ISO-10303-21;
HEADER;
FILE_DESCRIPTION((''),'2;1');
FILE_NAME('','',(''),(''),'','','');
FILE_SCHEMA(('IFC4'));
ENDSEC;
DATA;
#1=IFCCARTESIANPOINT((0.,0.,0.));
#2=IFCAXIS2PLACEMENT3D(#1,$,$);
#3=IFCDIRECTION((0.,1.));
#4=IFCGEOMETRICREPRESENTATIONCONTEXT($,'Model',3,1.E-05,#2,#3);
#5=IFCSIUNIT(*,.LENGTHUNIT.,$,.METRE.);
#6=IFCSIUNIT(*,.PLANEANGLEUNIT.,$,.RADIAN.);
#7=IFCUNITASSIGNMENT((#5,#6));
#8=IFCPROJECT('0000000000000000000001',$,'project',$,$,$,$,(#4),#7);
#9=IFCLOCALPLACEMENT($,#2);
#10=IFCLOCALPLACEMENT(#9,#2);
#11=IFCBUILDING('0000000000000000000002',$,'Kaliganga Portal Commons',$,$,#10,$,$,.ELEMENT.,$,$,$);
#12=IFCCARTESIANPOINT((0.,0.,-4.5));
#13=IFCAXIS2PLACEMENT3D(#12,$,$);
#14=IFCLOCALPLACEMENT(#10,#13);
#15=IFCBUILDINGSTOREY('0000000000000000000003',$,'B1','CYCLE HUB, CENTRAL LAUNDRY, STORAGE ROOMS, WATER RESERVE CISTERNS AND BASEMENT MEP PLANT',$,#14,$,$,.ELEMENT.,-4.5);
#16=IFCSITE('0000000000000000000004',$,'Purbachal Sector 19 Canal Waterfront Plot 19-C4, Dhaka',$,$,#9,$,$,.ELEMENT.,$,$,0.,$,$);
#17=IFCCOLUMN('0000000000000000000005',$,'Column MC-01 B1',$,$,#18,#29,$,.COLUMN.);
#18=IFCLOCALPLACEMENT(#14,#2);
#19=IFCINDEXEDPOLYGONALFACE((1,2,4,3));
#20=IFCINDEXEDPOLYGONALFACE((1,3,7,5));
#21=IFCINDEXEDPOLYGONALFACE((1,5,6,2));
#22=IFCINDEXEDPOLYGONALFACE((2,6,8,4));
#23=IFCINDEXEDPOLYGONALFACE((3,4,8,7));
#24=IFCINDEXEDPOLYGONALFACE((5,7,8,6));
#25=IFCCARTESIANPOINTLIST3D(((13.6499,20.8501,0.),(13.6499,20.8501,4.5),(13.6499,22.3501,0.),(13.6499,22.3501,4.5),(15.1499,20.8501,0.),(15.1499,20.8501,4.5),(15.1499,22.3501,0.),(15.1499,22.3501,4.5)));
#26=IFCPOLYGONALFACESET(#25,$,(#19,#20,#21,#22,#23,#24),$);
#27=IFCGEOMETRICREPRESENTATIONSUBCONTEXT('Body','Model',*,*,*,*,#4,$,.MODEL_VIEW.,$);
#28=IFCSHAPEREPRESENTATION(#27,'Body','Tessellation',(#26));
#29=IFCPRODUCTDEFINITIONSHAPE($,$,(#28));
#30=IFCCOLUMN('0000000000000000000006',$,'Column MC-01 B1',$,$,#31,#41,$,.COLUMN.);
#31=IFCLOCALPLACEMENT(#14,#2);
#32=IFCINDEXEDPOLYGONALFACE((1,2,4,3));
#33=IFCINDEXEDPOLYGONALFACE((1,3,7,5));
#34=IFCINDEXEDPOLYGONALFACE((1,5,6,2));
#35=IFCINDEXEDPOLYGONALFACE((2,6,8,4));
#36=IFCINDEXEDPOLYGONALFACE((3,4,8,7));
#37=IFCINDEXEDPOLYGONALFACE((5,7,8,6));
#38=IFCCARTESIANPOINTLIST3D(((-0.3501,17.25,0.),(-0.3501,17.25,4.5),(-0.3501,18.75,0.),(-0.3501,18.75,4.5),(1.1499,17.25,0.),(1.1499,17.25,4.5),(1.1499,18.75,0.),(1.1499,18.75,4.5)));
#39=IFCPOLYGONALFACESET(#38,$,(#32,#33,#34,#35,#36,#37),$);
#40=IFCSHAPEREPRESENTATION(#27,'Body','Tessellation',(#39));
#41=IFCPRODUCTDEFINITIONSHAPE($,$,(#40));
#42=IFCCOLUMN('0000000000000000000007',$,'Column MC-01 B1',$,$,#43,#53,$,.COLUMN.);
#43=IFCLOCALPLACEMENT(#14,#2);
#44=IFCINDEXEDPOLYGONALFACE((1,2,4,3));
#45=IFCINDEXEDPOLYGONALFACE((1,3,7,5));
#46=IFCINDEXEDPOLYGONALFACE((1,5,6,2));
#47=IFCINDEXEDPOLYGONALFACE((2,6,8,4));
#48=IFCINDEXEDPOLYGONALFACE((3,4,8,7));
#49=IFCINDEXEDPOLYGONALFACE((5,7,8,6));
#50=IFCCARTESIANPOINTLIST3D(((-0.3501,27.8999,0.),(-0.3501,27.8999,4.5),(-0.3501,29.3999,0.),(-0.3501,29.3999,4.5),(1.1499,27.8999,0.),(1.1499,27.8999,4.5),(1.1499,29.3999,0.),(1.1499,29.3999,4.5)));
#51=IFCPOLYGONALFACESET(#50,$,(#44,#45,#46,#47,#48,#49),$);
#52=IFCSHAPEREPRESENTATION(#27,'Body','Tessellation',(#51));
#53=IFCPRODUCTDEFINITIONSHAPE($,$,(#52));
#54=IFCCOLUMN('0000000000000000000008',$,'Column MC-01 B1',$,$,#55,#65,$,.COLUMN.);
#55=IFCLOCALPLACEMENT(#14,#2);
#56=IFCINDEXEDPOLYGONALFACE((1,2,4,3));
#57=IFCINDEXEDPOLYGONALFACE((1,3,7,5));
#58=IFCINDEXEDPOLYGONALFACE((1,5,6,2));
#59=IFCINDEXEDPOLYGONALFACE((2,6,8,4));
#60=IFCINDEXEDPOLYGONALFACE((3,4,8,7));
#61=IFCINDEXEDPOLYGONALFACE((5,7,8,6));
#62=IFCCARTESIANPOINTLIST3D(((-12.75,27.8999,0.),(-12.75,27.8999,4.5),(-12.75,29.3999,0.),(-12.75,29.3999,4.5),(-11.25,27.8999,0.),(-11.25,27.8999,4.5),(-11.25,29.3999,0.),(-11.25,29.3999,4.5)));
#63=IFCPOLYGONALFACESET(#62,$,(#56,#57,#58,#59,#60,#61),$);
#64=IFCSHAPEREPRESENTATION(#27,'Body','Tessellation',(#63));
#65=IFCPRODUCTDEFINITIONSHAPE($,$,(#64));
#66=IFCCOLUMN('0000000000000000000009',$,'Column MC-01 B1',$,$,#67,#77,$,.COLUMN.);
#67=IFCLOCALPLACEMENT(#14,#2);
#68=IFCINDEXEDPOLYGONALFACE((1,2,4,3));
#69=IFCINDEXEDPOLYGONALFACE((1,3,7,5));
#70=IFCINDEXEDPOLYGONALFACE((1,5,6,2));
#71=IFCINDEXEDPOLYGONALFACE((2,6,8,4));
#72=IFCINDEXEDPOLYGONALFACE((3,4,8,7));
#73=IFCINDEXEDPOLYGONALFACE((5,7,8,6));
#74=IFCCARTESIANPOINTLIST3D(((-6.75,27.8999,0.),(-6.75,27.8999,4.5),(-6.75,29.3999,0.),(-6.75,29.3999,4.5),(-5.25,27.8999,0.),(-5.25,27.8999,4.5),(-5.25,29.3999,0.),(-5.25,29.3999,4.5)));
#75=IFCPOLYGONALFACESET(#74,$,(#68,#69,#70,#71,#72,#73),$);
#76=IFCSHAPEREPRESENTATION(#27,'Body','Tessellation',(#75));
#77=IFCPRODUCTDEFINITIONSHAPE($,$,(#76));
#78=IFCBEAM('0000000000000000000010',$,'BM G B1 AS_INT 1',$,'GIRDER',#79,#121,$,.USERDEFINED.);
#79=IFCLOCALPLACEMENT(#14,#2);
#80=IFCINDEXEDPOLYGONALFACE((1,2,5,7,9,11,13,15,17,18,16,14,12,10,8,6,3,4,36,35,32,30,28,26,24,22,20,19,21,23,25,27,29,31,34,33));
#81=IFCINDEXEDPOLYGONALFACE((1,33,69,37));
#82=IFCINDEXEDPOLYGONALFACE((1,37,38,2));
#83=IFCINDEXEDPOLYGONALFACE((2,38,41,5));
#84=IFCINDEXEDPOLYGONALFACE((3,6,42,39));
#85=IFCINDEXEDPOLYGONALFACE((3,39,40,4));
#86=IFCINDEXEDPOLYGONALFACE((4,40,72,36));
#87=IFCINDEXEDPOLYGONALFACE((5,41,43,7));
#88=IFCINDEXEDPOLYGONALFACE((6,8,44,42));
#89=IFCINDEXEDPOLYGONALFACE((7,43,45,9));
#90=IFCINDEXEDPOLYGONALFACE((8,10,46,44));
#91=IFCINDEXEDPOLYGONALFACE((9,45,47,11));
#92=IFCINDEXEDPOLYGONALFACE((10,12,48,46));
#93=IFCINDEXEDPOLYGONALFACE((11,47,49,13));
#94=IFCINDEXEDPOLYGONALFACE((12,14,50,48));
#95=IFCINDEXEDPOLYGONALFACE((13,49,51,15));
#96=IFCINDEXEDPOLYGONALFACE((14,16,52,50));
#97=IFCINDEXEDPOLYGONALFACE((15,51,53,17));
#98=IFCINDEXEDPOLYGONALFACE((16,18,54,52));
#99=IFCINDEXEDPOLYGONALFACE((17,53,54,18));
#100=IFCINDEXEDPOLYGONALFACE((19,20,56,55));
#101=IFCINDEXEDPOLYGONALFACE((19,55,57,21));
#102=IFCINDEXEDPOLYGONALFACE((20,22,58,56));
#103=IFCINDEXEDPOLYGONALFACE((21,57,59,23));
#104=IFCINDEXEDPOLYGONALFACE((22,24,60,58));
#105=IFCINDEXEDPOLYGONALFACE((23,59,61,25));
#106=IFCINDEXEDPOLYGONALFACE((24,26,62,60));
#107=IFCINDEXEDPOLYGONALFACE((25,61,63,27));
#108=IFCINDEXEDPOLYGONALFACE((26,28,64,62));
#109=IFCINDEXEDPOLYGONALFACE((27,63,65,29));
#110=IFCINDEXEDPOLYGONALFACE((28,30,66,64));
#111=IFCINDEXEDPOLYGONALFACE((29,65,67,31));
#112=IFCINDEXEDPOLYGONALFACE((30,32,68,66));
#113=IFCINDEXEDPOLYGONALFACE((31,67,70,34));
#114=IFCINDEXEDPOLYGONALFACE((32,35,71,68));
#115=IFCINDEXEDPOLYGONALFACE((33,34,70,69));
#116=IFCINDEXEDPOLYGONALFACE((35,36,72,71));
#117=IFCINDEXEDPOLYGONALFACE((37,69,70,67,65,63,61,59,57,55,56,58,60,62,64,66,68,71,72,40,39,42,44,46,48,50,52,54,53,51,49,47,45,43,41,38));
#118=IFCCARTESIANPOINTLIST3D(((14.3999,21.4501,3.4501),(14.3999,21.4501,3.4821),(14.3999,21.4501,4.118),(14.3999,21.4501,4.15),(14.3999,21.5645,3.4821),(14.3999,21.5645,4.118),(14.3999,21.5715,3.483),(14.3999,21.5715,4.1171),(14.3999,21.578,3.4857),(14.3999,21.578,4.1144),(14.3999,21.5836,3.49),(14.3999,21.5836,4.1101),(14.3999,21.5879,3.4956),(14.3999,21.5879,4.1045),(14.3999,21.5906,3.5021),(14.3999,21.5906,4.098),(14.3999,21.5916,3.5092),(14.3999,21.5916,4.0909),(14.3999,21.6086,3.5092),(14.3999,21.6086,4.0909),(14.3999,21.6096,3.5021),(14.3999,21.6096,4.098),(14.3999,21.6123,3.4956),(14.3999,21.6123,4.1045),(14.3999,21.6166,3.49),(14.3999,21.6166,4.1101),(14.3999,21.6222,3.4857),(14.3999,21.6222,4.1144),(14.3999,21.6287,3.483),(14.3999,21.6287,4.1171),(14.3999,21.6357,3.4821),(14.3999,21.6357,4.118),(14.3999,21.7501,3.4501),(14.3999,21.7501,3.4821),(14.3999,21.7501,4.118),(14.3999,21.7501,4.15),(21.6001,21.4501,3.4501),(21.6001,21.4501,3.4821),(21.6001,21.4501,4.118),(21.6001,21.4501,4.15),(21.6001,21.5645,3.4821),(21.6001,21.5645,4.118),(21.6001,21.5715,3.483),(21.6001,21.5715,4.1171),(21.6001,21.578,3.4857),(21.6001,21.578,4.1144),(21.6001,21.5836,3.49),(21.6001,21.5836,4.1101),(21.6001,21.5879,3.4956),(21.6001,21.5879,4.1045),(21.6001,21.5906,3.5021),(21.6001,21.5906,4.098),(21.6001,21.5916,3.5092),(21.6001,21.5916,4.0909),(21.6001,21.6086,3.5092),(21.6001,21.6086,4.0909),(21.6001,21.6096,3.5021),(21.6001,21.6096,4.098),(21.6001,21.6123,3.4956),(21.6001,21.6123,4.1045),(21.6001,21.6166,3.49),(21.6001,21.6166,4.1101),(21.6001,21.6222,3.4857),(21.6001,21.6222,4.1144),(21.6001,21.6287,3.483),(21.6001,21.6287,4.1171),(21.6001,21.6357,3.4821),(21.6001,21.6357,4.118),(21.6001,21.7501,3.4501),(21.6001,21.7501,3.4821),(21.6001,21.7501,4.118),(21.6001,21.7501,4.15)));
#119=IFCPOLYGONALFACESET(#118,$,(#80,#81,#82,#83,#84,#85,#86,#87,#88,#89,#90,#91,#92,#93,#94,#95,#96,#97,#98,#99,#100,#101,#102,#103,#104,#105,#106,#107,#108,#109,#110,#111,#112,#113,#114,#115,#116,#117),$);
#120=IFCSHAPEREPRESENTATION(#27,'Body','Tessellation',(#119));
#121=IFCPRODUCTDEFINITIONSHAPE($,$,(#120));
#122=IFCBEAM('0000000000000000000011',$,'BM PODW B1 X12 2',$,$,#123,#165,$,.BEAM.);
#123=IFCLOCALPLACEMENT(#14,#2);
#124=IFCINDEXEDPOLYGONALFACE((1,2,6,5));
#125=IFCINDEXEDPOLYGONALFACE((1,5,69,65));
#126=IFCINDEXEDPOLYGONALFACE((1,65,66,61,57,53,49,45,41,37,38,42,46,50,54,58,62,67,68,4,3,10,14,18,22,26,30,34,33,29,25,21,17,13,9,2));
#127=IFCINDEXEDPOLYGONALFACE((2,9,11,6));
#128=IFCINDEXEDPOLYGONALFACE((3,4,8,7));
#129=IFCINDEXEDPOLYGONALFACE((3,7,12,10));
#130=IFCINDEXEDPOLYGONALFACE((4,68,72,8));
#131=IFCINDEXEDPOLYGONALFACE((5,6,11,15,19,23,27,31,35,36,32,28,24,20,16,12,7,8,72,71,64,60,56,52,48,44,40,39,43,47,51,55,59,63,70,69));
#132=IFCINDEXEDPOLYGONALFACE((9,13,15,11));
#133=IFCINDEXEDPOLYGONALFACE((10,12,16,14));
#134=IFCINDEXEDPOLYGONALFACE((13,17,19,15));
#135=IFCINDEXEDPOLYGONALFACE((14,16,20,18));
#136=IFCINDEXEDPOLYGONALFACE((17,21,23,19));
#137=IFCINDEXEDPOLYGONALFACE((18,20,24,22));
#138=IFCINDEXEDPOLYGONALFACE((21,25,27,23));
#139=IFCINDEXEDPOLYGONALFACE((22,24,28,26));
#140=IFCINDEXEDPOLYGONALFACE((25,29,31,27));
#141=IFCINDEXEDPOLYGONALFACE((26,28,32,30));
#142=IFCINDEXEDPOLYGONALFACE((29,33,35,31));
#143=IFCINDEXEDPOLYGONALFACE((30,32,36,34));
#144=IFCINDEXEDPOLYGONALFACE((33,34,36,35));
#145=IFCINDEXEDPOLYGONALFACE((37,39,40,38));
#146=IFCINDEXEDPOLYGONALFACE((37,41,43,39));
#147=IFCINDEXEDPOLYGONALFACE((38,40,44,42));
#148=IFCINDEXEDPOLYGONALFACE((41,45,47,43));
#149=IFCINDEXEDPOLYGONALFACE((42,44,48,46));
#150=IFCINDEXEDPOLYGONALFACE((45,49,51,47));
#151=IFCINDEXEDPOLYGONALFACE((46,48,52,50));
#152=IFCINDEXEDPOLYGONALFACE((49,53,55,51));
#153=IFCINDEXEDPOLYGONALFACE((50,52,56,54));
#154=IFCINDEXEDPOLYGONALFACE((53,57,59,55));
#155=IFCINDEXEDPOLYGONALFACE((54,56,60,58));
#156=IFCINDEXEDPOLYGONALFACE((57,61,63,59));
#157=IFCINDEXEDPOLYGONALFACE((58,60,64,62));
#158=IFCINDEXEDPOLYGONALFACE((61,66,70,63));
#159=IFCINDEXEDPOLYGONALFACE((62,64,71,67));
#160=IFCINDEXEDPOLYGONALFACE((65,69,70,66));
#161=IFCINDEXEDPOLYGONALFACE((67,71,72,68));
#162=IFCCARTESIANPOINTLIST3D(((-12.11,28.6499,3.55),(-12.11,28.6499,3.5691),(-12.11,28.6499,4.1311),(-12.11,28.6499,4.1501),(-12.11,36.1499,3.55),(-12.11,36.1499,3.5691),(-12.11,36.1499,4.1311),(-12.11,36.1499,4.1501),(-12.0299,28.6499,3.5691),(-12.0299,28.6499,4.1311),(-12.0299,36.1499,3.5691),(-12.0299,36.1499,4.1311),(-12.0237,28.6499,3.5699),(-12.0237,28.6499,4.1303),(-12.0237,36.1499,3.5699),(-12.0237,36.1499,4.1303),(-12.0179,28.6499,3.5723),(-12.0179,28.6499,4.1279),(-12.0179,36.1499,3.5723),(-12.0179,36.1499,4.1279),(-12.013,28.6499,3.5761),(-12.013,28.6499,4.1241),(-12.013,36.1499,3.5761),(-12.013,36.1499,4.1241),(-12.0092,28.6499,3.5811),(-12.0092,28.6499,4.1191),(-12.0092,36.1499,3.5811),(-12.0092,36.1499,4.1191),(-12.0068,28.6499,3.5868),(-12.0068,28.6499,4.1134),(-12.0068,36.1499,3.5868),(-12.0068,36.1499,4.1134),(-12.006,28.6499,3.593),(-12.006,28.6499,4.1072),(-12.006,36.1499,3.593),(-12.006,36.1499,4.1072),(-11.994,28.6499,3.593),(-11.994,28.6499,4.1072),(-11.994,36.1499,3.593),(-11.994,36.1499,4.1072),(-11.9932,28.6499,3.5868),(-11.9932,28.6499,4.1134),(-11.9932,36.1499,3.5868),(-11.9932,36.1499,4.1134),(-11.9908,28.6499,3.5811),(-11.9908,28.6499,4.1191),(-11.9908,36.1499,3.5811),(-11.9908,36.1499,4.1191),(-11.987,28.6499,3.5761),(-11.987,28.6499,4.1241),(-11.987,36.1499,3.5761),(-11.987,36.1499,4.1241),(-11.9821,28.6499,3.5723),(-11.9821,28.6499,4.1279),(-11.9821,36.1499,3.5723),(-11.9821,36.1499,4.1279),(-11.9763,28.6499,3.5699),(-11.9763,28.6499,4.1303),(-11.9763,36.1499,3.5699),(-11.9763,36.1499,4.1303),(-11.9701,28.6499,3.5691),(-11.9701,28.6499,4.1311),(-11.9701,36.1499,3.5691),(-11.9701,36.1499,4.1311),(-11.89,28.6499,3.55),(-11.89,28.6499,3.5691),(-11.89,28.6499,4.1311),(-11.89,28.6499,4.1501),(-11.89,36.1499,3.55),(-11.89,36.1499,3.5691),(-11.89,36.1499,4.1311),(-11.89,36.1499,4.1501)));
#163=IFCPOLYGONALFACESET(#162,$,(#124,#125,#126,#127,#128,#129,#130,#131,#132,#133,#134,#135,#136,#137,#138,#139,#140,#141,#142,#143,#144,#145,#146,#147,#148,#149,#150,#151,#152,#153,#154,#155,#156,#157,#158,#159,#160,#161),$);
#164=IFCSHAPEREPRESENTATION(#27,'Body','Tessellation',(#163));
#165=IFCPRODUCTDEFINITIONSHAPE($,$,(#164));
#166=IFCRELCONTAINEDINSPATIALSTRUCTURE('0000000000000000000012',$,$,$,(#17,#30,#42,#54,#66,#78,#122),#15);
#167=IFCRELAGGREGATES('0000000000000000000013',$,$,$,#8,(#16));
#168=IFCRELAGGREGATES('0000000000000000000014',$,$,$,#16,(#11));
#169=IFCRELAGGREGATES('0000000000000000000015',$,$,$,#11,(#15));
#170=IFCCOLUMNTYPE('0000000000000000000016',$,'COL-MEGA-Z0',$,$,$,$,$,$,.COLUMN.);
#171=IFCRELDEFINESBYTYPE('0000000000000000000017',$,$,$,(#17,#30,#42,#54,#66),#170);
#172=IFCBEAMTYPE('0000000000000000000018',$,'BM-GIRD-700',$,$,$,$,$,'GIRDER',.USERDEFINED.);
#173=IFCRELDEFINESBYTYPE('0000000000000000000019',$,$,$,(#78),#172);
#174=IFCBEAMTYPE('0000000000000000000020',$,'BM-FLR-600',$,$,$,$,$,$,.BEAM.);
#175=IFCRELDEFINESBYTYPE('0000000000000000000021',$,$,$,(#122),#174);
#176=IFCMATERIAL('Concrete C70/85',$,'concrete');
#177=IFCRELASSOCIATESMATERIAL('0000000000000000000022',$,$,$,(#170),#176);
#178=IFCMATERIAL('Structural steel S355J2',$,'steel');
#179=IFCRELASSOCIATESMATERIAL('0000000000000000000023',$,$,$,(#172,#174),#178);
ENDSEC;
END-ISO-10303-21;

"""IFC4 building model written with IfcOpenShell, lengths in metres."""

from ifc_helpers import new_model, si_unit, direction, frame, origin, origin_2d, place, context, subcontext, project, spatial, rectangle, i_section, extrude, source, transform, mapped, material, material_profile, profile_set, type_object, element, save


model = new_model("IFC4")

# Units and contexts
model_context = context("Model", 3, precision=1e-05, world=origin(), true_north=direction((0.0, 1.0)))
body_context = subcontext(model_context, "Body", "Model", "MODEL_VIEW")
ifc_project = project(units=[si_unit("LENGTHUNIT", "METRE"), si_unit("PLANEANGLEUNIT", "RADIAN")], contexts=[model_context])

# Site, building, storey
site_placement = place(None, origin())
site = spatial("IfcSite", under=ifc_project, at=site_placement, Name="Purbachal Sector 19 Canal Waterfront Plot 19-C4, Dhaka", CompositionType="ELEMENT", RefElevation=0.0)
building_placement = place(site_placement, origin())
building = spatial("IfcBuilding", under=site, at=building_placement, Name="Kaliganga Portal Commons", CompositionType="ELEMENT")
storey_placement = place(building_placement, frame((0.0, 0.0, -4.5)))
storey = spatial("IfcBuildingStorey", under=building, at=storey_placement, Name="B1", Description="CYCLE HUB, CENTRAL LAUNDRY, STORAGE ROOMS, WATER RESERVE CISTERNS AND BASEMENT MEP PLANT", CompositionType="ELEMENT", Elevation=-4.5)

# Columns
ifc_material_1 = material(Name="Concrete C70/85", Category="concrete")
ifc_material_profile_1 = material_profile(ifc_material_1, rectangle(XDim=1.5, YDim=1.5, at=origin_2d()), Name="RC 1500x1500")
ifc_profile_set_1 = profile_set([ifc_material_profile_1], Name="Concrete C70/85")
column_type = type_object("IfcColumnType", Name="COL-MEGA-Z0", PredefinedType="COLUMN", material=ifc_profile_set_1)
shared_shape_1 = source(origin(), body_context, "Body", "SweptSolid", [
    extrude(rectangle(XDim=1.5, YDim=1.5, at=origin_2d()), origin(), (0.0, 0.0, 1.0), 4.5),
])
for number, where, z_axis, x_axis, name in (
    (1, (14.3999, 21.6001, 0.0), (0.0, 0.0, 1.0), (1.0, 0.0, 0.0), "Column MC-01 B1"),
    (2, (0.3999, 18.0, 0.0), (0.0, 0.0, 1.0), (1.0, 0.0, 0.0), "Column MC-01 B1"),
    (3, (0.3999, 28.6499, 0.0), (0.0, 0.0, 1.0), (1.0, 0.0, 0.0), "Column MC-01 B1"),
    (4, (-12.0, 28.6499, 0.0), (0.0, 0.0, 1.0), (1.0, 0.0, 0.0), "Column MC-01 B1"),
    (5, (-6.0, 28.6499, 0.0), (0.0, 0.0, 1.0), (1.0, 0.0, 0.0), "Column MC-01 B1"),
):
    element("IfcColumn", number, at=place(storey_placement, frame(where, z_axis=z_axis, x_axis=x_axis)), inside=storey, type_object=column_type, Name=name, PredefinedType="COLUMN", context=body_context, shape_type="MappedRepresentation", body=[
        mapped(shared_shape_1, transform((0.0, 0.0, 0.0), x_axis=(1.0, 0.0, 0.0), y_axis=(0.0, 1.0, 0.0), z_axis=(0.0, 0.0, 1.0), scale=1.0)),
    ])

# Beams
ifc_material_2 = material(Name="Structural steel S355J2", Category="steel")
ifc_material_profile_2 = material_profile(ifc_material_2, i_section(OverallWidth=0.3, OverallDepth=0.7, WebThickness=0.0171, FlangeThickness=0.032, FilletRadius=0.0271, at=origin_2d()), Name="HE 700 B")
ifc_profile_set_2 = profile_set([ifc_material_profile_2], Name="Structural steel S355J2 wide-flange")
beam_type_1 = type_object("IfcBeamType", Name="BM-GIRD-700", ElementType="GIRDER", PredefinedType="USERDEFINED", material=ifc_profile_set_2)
shared_shape_2 = source(origin(), body_context, "Body", "SweptSolid", [
    extrude(i_section(OverallWidth=0.3, OverallDepth=0.7, WebThickness=0.0171, FlangeThickness=0.032, FilletRadius=0.0271, at=origin_2d()), origin(), (0.0, 0.0, 1.0), 7.2002),
])
beam_1_placement = place(storey_placement, frame((14.3999, 21.6001, 3.8), z_axis=(1.0, 0.0, 0.0), x_axis=(0.0, 1.0, 0.0)))
element("IfcBeam", 6, at=beam_1_placement, inside=storey, type_object=beam_type_1, Name="BM G B1 AS_INT 1", ObjectType="GIRDER", PredefinedType="USERDEFINED", context=body_context, shape_type="MappedRepresentation", body=[
    mapped(shared_shape_2, transform((0.0, 0.0, 0.0), x_axis=(1.0, 0.0, 0.0), y_axis=(0.0, 1.0, 0.0), z_axis=(0.0, 0.0, 1.0), scale=1.0)),
])
ifc_material_profile_3 = material_profile(ifc_material_2, i_section(OverallWidth=0.22, OverallDepth=0.6001, WebThickness=0.012, FlangeThickness=0.019, FilletRadius=0.0239, at=origin_2d()), Name="IPE 600")
ifc_profile_set_3 = profile_set([ifc_material_profile_3], Name="Structural steel S355J2 wide-flange")
beam_type_2 = type_object("IfcBeamType", Name="BM-FLR-600", PredefinedType="BEAM", material=ifc_profile_set_3)
shared_shape_3 = source(origin(), body_context, "Body", "SweptSolid", [
    extrude(i_section(OverallWidth=0.22, OverallDepth=0.6001, WebThickness=0.012, FlangeThickness=0.019, FilletRadius=0.0239, at=origin_2d()), origin(), (0.0, 0.0, 1.0), 7.5),
])
for number, where, z_axis, x_axis, name in (
    (7, (-12.0, 28.6499, 3.8501), (0.0, 1.0, 0.0), (-1.0, 0.0, 0.0), "BM PODW B1 X12 2"),
):
    element("IfcBeam", number, at=place(storey_placement, frame(where, z_axis=z_axis, x_axis=x_axis)), inside=storey, type_object=beam_type_2, Name=name, PredefinedType="BEAM", context=body_context, shape_type="MappedRepresentation", body=[
        mapped(shared_shape_3, transform((0.0, 0.0, 0.0), x_axis=(1.0, 0.0, 0.0), y_axis=(0.0, 1.0, 0.0), z_axis=(0.0, 0.0, 1.0), scale=1.0)),
    ])

save(model, "model.ifc")
